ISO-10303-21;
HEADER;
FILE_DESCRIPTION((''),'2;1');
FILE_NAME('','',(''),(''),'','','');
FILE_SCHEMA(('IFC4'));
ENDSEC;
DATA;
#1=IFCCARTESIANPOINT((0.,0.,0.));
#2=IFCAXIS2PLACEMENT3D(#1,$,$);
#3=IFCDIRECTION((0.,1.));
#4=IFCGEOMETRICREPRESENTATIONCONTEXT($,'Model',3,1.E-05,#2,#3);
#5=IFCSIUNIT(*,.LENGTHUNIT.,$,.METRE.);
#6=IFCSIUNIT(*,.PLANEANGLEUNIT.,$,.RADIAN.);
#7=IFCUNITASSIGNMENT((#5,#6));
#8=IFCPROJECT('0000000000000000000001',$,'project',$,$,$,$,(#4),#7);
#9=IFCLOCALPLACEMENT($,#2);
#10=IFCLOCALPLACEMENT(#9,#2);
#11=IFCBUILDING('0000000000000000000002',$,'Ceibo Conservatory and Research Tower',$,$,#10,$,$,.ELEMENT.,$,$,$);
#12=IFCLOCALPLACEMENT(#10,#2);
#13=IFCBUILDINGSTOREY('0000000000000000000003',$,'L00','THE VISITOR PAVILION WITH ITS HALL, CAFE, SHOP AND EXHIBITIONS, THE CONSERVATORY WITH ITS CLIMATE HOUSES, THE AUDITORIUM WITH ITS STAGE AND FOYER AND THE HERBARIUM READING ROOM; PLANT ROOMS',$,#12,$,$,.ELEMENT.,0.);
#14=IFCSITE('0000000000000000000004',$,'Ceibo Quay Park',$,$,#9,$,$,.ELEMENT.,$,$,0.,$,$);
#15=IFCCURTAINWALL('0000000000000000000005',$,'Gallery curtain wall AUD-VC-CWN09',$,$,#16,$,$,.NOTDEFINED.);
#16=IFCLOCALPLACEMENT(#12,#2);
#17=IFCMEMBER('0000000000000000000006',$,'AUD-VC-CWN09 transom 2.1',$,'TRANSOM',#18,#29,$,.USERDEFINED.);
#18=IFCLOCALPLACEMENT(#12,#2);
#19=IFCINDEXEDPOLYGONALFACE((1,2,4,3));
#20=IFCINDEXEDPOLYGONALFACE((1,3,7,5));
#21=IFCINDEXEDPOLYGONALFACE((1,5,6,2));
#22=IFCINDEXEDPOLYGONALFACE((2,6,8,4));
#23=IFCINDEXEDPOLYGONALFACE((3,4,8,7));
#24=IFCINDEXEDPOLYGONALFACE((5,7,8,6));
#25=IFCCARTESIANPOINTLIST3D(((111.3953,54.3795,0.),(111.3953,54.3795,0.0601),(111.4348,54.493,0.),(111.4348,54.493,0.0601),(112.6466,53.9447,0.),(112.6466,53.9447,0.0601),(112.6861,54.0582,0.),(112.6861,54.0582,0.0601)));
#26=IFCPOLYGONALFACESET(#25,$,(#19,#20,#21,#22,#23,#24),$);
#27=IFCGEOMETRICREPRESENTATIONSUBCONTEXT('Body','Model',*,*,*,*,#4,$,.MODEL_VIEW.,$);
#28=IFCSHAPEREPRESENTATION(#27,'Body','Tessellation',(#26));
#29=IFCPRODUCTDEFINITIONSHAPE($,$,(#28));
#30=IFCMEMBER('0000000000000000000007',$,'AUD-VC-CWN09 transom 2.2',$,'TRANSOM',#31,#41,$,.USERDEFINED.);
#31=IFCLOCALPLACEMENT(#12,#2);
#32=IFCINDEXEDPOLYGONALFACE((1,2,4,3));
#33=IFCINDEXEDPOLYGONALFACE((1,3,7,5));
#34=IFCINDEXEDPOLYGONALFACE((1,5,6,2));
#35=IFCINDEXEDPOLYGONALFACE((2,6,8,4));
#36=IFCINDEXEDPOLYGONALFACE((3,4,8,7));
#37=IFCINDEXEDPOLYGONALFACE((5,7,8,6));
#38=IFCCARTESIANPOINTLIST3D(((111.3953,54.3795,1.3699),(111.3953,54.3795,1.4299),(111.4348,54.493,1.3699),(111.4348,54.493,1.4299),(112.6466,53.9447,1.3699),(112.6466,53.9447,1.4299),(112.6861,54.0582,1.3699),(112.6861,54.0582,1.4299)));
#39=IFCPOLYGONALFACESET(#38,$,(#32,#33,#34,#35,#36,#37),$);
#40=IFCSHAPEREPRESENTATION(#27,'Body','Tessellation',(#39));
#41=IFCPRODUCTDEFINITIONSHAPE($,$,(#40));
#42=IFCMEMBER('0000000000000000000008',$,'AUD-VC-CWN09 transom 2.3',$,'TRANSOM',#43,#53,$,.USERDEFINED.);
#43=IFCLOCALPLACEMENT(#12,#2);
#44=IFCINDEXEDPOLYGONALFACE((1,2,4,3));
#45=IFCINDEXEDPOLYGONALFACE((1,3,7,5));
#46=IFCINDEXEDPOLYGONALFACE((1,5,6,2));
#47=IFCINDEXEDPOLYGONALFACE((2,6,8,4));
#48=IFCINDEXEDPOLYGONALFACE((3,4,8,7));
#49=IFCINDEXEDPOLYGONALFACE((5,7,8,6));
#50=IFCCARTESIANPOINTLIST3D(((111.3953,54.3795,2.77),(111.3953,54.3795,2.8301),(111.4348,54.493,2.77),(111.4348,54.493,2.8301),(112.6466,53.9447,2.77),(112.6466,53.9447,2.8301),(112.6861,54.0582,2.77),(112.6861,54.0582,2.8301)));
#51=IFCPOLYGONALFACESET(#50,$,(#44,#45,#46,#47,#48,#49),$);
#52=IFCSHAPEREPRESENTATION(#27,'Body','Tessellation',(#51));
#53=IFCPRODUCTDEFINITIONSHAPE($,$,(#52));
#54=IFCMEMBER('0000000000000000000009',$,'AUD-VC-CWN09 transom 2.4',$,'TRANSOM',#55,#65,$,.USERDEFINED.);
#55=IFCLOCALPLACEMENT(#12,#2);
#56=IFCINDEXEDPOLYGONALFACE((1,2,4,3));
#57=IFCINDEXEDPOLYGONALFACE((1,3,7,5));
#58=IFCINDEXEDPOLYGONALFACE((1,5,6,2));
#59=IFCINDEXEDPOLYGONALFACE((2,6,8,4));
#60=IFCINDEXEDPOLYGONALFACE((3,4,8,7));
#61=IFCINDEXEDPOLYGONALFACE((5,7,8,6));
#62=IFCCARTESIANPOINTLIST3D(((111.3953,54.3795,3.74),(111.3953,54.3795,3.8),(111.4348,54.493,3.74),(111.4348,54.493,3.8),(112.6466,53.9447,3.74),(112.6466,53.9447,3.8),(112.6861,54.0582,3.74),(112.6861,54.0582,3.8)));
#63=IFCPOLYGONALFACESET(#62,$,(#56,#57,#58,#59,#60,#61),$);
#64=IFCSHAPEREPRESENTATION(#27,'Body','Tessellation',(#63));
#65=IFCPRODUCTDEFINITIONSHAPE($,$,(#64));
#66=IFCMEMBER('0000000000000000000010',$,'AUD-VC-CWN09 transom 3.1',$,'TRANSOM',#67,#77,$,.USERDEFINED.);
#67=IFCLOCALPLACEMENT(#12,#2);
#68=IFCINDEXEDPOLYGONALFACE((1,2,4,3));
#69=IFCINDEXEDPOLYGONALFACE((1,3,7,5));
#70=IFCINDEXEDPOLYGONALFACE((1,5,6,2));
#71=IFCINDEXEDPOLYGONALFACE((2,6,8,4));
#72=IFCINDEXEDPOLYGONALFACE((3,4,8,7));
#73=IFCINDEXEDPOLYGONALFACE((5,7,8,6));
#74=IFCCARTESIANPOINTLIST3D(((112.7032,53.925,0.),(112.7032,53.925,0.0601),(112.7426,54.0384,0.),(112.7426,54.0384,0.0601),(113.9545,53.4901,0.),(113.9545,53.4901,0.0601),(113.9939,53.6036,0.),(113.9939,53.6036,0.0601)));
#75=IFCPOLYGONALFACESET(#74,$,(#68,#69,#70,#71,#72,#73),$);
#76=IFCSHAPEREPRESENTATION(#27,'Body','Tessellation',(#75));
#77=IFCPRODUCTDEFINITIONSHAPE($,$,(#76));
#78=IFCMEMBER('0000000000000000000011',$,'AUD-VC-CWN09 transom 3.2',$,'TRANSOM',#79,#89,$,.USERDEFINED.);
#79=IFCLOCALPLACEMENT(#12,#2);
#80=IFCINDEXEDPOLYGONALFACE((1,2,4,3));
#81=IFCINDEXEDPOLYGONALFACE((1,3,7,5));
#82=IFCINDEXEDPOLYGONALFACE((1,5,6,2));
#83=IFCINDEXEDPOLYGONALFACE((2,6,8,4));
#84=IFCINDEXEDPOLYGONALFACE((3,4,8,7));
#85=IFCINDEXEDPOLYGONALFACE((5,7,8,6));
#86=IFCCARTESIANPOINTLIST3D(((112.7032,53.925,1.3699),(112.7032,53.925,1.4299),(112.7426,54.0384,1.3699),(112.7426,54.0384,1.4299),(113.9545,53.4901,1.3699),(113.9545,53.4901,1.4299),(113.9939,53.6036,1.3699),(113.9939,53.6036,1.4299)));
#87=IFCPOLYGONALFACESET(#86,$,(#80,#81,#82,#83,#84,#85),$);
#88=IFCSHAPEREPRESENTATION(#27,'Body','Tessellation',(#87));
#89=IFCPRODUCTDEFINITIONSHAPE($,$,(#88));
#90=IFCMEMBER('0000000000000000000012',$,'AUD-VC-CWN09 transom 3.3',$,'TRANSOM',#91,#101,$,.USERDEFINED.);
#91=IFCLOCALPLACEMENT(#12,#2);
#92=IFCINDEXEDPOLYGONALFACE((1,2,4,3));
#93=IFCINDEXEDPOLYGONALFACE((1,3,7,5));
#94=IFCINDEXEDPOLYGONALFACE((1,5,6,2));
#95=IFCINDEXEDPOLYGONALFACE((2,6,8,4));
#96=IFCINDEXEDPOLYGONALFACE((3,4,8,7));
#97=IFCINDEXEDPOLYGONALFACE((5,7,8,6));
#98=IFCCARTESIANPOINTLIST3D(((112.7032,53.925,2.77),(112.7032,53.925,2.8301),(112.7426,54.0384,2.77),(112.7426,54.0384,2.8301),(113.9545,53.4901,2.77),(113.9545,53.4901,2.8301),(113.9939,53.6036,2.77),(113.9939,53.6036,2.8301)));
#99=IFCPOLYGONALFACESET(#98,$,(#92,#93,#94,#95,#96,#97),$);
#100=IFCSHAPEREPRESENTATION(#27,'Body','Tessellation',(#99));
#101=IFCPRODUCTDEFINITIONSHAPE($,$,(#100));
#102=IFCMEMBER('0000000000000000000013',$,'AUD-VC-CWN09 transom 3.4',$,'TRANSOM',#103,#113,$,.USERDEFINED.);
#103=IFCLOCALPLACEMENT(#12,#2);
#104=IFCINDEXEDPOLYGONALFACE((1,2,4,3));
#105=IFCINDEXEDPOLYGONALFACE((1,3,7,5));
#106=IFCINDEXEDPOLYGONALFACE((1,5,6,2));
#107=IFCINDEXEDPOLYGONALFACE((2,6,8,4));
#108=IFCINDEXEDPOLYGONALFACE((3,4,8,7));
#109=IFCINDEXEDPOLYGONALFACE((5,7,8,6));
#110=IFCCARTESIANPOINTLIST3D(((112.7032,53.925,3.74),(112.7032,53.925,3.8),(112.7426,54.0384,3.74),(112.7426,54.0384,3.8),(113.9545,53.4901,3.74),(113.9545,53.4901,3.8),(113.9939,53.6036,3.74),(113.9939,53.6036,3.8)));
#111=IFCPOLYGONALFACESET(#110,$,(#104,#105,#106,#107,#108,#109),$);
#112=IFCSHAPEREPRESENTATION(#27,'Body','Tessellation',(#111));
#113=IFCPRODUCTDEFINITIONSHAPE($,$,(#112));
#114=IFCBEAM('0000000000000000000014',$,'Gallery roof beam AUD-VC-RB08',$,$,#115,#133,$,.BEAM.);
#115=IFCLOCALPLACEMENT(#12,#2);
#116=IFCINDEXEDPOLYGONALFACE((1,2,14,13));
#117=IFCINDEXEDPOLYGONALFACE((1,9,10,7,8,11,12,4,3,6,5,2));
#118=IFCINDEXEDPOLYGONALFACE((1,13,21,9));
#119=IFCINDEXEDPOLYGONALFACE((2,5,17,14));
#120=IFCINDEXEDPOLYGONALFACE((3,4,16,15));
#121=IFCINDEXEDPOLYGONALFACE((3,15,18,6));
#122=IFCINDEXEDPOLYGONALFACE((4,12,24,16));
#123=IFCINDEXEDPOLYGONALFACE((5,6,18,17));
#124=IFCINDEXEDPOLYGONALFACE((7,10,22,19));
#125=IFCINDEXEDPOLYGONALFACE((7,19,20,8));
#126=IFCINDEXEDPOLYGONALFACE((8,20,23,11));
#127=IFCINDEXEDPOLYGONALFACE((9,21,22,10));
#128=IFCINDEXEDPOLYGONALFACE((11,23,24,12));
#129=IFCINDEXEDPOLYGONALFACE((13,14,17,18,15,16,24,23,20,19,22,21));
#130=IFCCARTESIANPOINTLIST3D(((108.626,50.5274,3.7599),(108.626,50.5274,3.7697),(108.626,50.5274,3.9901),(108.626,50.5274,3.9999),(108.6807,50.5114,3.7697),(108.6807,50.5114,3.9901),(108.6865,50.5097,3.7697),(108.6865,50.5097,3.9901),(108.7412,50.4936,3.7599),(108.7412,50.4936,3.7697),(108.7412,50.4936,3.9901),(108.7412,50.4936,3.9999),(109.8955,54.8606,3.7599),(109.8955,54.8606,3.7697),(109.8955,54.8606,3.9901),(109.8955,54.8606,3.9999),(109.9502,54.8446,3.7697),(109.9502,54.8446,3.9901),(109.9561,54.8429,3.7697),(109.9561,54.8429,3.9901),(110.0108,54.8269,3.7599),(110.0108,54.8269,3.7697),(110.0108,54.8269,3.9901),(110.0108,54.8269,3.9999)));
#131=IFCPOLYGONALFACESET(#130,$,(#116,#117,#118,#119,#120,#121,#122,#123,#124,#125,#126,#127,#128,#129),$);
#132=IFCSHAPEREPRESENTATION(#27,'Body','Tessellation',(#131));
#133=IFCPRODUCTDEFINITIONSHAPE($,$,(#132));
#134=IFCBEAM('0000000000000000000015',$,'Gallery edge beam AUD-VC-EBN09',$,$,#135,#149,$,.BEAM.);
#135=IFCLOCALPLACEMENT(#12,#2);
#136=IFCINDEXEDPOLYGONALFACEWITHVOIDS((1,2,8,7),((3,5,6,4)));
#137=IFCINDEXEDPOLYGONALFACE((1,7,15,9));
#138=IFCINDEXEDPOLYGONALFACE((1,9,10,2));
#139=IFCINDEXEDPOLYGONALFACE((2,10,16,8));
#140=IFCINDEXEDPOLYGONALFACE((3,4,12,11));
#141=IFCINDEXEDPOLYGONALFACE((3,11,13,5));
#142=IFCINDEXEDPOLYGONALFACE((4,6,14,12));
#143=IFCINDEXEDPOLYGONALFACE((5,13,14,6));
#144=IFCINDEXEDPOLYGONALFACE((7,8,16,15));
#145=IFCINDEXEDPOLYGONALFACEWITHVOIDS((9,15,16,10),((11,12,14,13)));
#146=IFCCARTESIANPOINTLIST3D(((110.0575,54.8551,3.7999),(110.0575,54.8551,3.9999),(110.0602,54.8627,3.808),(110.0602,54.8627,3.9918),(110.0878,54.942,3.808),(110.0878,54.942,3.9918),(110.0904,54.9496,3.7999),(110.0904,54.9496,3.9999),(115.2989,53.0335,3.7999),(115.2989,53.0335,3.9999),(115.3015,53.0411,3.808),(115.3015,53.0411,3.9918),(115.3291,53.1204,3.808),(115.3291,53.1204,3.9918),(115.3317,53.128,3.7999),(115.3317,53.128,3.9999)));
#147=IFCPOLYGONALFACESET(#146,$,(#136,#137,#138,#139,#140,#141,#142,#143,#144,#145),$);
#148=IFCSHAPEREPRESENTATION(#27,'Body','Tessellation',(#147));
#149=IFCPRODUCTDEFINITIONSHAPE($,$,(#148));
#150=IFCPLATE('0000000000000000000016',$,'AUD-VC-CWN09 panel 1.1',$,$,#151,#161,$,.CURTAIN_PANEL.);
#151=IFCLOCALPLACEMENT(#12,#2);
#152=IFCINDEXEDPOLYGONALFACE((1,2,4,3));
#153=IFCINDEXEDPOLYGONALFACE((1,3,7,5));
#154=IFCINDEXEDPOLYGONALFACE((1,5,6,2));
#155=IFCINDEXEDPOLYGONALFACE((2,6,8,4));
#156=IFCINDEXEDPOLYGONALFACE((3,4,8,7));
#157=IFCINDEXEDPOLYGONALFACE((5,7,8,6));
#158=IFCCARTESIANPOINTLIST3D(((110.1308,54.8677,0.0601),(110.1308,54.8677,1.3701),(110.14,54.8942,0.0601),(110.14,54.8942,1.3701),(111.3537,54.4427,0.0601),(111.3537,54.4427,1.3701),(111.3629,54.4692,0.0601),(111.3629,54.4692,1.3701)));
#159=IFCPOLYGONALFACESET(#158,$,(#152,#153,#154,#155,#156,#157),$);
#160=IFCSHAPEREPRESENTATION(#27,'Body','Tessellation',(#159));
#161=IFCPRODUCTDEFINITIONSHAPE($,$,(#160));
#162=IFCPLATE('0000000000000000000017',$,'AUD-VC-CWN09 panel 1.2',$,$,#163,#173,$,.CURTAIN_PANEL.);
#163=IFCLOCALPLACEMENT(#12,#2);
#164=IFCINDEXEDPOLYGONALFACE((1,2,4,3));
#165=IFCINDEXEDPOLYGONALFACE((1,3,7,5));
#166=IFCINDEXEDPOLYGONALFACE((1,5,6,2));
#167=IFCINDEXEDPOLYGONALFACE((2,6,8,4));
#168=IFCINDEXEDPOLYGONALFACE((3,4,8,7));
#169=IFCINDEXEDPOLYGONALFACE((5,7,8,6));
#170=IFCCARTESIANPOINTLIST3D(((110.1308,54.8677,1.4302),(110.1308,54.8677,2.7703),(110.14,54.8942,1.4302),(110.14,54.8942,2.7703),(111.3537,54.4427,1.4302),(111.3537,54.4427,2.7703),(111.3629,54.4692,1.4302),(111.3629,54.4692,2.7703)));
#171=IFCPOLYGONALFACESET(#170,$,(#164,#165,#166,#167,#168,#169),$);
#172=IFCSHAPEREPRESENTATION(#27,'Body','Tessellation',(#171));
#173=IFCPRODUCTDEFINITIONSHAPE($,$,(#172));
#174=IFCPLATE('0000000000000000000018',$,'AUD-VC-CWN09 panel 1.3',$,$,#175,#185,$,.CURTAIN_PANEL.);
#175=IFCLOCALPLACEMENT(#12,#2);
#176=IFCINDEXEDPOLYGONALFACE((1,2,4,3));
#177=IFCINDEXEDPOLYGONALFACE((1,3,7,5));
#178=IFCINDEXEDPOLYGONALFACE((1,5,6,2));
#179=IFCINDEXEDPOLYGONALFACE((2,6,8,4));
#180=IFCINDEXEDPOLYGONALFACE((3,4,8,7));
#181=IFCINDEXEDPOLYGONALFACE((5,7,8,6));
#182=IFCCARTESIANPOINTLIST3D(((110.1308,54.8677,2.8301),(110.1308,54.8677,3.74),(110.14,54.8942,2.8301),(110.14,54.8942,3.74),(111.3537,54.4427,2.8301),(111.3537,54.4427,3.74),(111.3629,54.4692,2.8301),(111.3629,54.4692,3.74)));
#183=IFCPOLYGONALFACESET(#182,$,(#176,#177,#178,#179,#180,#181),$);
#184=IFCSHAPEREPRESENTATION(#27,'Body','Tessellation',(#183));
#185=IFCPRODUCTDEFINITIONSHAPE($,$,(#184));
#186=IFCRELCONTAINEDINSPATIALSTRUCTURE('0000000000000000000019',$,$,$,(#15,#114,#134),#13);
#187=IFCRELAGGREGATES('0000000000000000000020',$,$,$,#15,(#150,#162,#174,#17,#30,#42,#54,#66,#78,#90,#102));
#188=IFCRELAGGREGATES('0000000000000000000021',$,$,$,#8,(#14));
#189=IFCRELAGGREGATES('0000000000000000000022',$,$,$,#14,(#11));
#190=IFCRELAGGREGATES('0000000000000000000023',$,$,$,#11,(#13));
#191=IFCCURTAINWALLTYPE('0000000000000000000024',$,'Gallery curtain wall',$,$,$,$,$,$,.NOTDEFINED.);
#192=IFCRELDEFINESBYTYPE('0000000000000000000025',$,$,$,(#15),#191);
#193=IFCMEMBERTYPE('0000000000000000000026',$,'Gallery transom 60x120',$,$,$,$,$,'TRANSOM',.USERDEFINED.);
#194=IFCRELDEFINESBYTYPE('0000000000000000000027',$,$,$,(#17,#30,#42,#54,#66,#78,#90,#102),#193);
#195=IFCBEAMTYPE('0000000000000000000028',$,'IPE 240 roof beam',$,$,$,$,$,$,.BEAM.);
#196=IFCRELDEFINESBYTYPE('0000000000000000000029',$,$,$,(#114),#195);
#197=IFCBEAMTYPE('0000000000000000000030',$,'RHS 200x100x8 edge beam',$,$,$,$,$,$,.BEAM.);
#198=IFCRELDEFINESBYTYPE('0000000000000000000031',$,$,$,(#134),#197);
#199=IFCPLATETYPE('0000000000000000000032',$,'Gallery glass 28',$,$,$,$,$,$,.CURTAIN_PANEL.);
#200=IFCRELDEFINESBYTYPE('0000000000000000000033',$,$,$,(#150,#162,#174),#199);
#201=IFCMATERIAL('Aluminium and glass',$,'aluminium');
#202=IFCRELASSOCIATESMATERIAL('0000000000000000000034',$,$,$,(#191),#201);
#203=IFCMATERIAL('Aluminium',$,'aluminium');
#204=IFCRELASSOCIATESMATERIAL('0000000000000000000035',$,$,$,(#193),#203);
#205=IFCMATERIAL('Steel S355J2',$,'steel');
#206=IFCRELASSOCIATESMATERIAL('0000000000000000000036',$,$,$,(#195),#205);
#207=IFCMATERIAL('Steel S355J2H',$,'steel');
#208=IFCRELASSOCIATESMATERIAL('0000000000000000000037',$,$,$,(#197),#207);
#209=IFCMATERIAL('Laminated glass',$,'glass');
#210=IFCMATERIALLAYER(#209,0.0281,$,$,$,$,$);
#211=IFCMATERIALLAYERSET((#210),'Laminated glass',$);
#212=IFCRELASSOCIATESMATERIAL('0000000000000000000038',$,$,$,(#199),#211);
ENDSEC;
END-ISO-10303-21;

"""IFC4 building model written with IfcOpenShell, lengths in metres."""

from ifc_helpers import new_model, si_unit, direction, frame, origin, origin_2d, place, context, subcontext, project, spatial, rectangle, hollow_rectangle, i_section, extrude, material, layer, layer_set, material_profile, profile_set, type_object, element, aggregate, save


model = new_model("IFC4")

# Units and contexts
model_context = context("Model", 3, precision=1e-05, world=origin(), true_north=direction((0.0, 1.0)))
body_context = subcontext(model_context, "Body", "Model", "MODEL_VIEW")
ifc_project = project(units=[si_unit("LENGTHUNIT", "METRE"), si_unit("PLANEANGLEUNIT", "RADIAN")], contexts=[model_context])

# Site, building, storey
site_placement = place(None, origin())
site = spatial("IfcSite", under=ifc_project, at=site_placement, Name="Ceibo Quay Park", CompositionType="ELEMENT", RefElevation=0.0)
building_placement = place(site_placement, origin())
building = spatial("IfcBuilding", under=site, at=building_placement, Name="Ceibo Conservatory and Research Tower", CompositionType="ELEMENT")
storey_placement = place(building_placement, origin())
storey = spatial("IfcBuildingStorey", under=building, at=storey_placement, Name="L00", Description="THE VISITOR PAVILION WITH ITS HALL, CAFE, SHOP AND EXHIBITIONS, THE CONSERVATORY WITH ITS CLIMATE HOUSES, THE AUDITORIUM WITH ITS STAGE AND FOYER AND THE HERBARIUM READING ROOM; PLANT ROOMS", CompositionType="ELEMENT", Elevation=0.0)

# Shared definitions
ifc_material_1 = material(Name="Steel S355J2H", Category="steel")

# Curtain wall, members
ifc_material_2 = material(Name="Aluminium and glass", Category="aluminium")
curtain_wall_type = type_object("IfcCurtainWallType", Name="Gallery curtain wall", PredefinedType="NOTDEFINED", material=ifc_material_2)
curtain_wall_placement = place(storey_placement, origin())
curtain_wall = element("IfcCurtainWall", 1, at=curtain_wall_placement, inside=storey, type_object=curtain_wall_type, Name="Gallery curtain wall AUD-VC-CWN09", PredefinedType="NOTDEFINED")
ifc_material_3 = material(Name="Aluminium", Category="aluminium")
ifc_material_profile_1 = material_profile(ifc_material_3, rectangle(XDim=0.1201, YDim=0.0601, at=origin_2d()), Name="AL 60x120")
ifc_profile_set_1 = profile_set([ifc_material_profile_1], Name="Aluminium")
member_type_1 = type_object("IfcMemberType", Name="Gallery transom 60x120", ElementType="TRANSOM", PredefinedType="USERDEFINED", material=ifc_profile_set_1)
member_1_placement = place(storey_placement, frame((111.415, 54.4363, 0.03), z_axis=(0.944589, -0.328256, 0.0), x_axis=(0.328256, 0.944589, 0.0)))
member_1 = element("IfcMember", 2, at=member_1_placement, type_object=member_type_1, Name="AUD-VC-CWN09 transom 2.1", ObjectType="TRANSOM", PredefinedType="USERDEFINED", context=body_context, shape_type="SweptSolid", body=[
    extrude(rectangle(XDim=0.1201, YDim=0.0601, at=origin_2d()), origin(), (0.0, 0.0, 1.0), 1.3247),
])
member_2_placement = place(storey_placement, frame((111.415, 54.4363, 1.3999), z_axis=(0.944589, -0.328256, 0.0), x_axis=(0.328256, 0.944589, 0.0)))
member_2 = element("IfcMember", 3, at=member_2_placement, type_object=member_type_1, Name="AUD-VC-CWN09 transom 2.2", ObjectType="TRANSOM", PredefinedType="USERDEFINED", context=body_context, shape_type="SweptSolid", body=[
    extrude(rectangle(XDim=0.1201, YDim=0.0601, at=origin_2d()), origin(), (0.0, 0.0, 1.0), 1.3247),
])
member_3_placement = place(storey_placement, frame((111.415, 54.4363, 2.8), z_axis=(0.944589, -0.328256, 0.0), x_axis=(0.328256, 0.944589, 0.0)))
member_3 = element("IfcMember", 4, at=member_3_placement, type_object=member_type_1, Name="AUD-VC-CWN09 transom 2.3", ObjectType="TRANSOM", PredefinedType="USERDEFINED", context=body_context, shape_type="SweptSolid", body=[
    extrude(rectangle(XDim=0.1201, YDim=0.0601, at=origin_2d()), origin(), (0.0, 0.0, 1.0), 1.3247),
])
member_4_placement = place(storey_placement, frame((111.415, 54.4363, 3.77), z_axis=(0.944589, -0.328256, 0.0), x_axis=(0.328256, 0.944589, 0.0)))
member_4 = element("IfcMember", 5, at=member_4_placement, type_object=member_type_1, Name="AUD-VC-CWN09 transom 2.4", ObjectType="TRANSOM", PredefinedType="USERDEFINED", context=body_context, shape_type="SweptSolid", body=[
    extrude(rectangle(XDim=0.1201, YDim=0.0601, at=origin_2d()), origin(), (0.0, 0.0, 1.0), 1.3247),
])
member_5_placement = place(storey_placement, frame((112.7229, 53.9817, 0.03), z_axis=(0.944589, -0.328256, 0.0), x_axis=(0.328256, 0.944589, 0.0)))
member_5 = element("IfcMember", 6, at=member_5_placement, type_object=member_type_1, Name="AUD-VC-CWN09 transom 3.1", ObjectType="TRANSOM", PredefinedType="USERDEFINED", context=body_context, shape_type="SweptSolid", body=[
    extrude(rectangle(XDim=0.1201, YDim=0.0601, at=origin_2d()), origin(), (0.0, 0.0, 1.0), 1.3247),
])
member_6_placement = place(storey_placement, frame((112.7229, 53.9817, 1.3999), z_axis=(0.944589, -0.328256, 0.0), x_axis=(0.328256, 0.944589, 0.0)))
member_6 = element("IfcMember", 7, at=member_6_placement, type_object=member_type_1, Name="AUD-VC-CWN09 transom 3.2", ObjectType="TRANSOM", PredefinedType="USERDEFINED", context=body_context, shape_type="SweptSolid", body=[
    extrude(rectangle(XDim=0.1201, YDim=0.0601, at=origin_2d()), origin(), (0.0, 0.0, 1.0), 1.3247),
])
member_7_placement = place(storey_placement, frame((112.7229, 53.9817, 2.8), z_axis=(0.944589, -0.328256, 0.0), x_axis=(0.328256, 0.944589, 0.0)))
member_7 = element("IfcMember", 8, at=member_7_placement, type_object=member_type_1, Name="AUD-VC-CWN09 transom 3.3", ObjectType="TRANSOM", PredefinedType="USERDEFINED", context=body_context, shape_type="SweptSolid", body=[
    extrude(rectangle(XDim=0.1201, YDim=0.0601, at=origin_2d()), origin(), (0.0, 0.0, 1.0), 1.3247),
])
member_8_placement = place(storey_placement, frame((112.7229, 53.9817, 3.77), z_axis=(0.944589, -0.328256, 0.0), x_axis=(0.328256, 0.944589, 0.0)))
member_8 = element("IfcMember", 9, at=member_8_placement, type_object=member_type_1, Name="AUD-VC-CWN09 transom 3.4", ObjectType="TRANSOM", PredefinedType="USERDEFINED", context=body_context, shape_type="SweptSolid", body=[
    extrude(rectangle(XDim=0.1201, YDim=0.0601, at=origin_2d()), origin(), (0.0, 0.0, 1.0), 1.3247),
])

# Beams
ifc_material_4 = material(Name="Steel S355J2", Category="steel")
ifc_material_profile_2 = material_profile(ifc_material_4, i_section(OverallWidth=0.1201, OverallDepth=0.24, WebThickness=0.0061, FlangeThickness=0.0098, at=origin_2d()), Name="IPE 240")
ifc_profile_set_2 = profile_set([ifc_material_profile_2], Name="Steel S355J2")
beam_type_1 = type_object("IfcBeamType", Name="IPE 240 roof beam", PredefinedType="BEAM", material=ifc_profile_set_2)
beam_1_placement = place(storey_placement, frame((109.9531, 54.8438, 3.8799), z_axis=(-0.281156, -0.959662, 0.0), x_axis=(0.959662, -0.281156, 0.0)))
element("IfcBeam", 10, at=beam_1_placement, inside=storey, type_object=beam_type_1, Name="Gallery roof beam AUD-VC-RB08", PredefinedType="BEAM", context=body_context, shape_type="SweptSolid", body=[
    extrude(i_section(OverallWidth=0.1201, OverallDepth=0.24, WebThickness=0.0061, FlangeThickness=0.0098, at=origin_2d()), origin(), (0.0, 0.0, 1.0), 4.5154),
])
ifc_material_profile_3 = material_profile(ifc_material_1, hollow_rectangle(XDim=0.1001, YDim=0.2, WallThickness=0.0081, at=origin_2d()), Name="RHS 200x100x8 edge beam")
ifc_profile_set_3 = profile_set([ifc_material_profile_3], Name="Steel S355J2H")
beam_type_2 = type_object("IfcBeamType", Name="RHS 200x100x8 edge beam", PredefinedType="BEAM", material=ifc_profile_set_3)
beam_2_placement = place(storey_placement, frame((110.074, 54.9023, 3.8999), z_axis=(0.94458, -0.32828, 0.0), x_axis=(0.32828, 0.94458, 0.0)))
element("IfcBeam", 11, at=beam_2_placement, inside=storey, type_object=beam_type_2, Name="Gallery edge beam AUD-VC-EBN09", PredefinedType="BEAM", context=body_context, shape_type="SweptSolid", body=[
    extrude(hollow_rectangle(XDim=0.1001, YDim=0.2, WallThickness=0.0081, at=origin_2d()), origin(), (0.0, 0.0, 1.0), 5.5488),
])

# Plates
ifc_material_5 = material(Name="Laminated glass", Category="glass")
ifc_layer_1 = layer(ifc_material_5, 0.0281)
ifc_layer_set_1 = layer_set([ifc_layer_1], Name="Laminated glass")
plate_type = type_object("IfcPlateType", Name="Gallery glass 28", PredefinedType="CURTAIN_PANEL", material=ifc_layer_set_1)
plate_1_placement = place(storey_placement, frame((110.7468, 54.6685, 0.0601), z_axis=(0.0, 0.0, 1.0), x_axis=(0.944579, -0.328284, 0.0)))
plate_1 = element("IfcPlate", 12, at=plate_1_placement, type_object=plate_type, Name="AUD-VC-CWN09 panel 1.1", PredefinedType="CURTAIN_PANEL", context=body_context, shape_type="SweptSolid", body=[
    extrude(rectangle(XDim=1.2947, YDim=0.0281, at=origin_2d()), origin(), (0.0, 0.0, 1.0), 1.3101),
])
plate_2_placement = place(storey_placement, frame((110.7468, 54.6685, 1.4302), z_axis=(0.0, 0.0, 1.0), x_axis=(0.944579, -0.328284, 0.0)))
plate_2 = element("IfcPlate", 13, at=plate_2_placement, type_object=plate_type, Name="AUD-VC-CWN09 panel 1.2", PredefinedType="CURTAIN_PANEL", context=body_context, shape_type="SweptSolid", body=[
    extrude(rectangle(XDim=1.2947, YDim=0.0281, at=origin_2d()), origin(), (0.0, 0.0, 1.0), 1.3401),
])
plate_3_placement = place(storey_placement, frame((110.7468, 54.6685, 2.8301), z_axis=(0.0, 0.0, 1.0), x_axis=(0.944579, -0.328284, 0.0)))
plate_3 = element("IfcPlate", 14, at=plate_3_placement, type_object=plate_type, Name="AUD-VC-CWN09 panel 1.3", PredefinedType="CURTAIN_PANEL", context=body_context, shape_type="SweptSolid", body=[
    extrude(rectangle(XDim=1.2947, YDim=0.0281, at=origin_2d()), origin(), (0.0, 0.0, 1.0), 0.9099),
])
aggregate(curtain_wall, [plate_1, plate_2, plate_3, member_1, member_2, member_3, member_4, member_5, member_6, member_7, member_8])

save(model, "model.ifc")
